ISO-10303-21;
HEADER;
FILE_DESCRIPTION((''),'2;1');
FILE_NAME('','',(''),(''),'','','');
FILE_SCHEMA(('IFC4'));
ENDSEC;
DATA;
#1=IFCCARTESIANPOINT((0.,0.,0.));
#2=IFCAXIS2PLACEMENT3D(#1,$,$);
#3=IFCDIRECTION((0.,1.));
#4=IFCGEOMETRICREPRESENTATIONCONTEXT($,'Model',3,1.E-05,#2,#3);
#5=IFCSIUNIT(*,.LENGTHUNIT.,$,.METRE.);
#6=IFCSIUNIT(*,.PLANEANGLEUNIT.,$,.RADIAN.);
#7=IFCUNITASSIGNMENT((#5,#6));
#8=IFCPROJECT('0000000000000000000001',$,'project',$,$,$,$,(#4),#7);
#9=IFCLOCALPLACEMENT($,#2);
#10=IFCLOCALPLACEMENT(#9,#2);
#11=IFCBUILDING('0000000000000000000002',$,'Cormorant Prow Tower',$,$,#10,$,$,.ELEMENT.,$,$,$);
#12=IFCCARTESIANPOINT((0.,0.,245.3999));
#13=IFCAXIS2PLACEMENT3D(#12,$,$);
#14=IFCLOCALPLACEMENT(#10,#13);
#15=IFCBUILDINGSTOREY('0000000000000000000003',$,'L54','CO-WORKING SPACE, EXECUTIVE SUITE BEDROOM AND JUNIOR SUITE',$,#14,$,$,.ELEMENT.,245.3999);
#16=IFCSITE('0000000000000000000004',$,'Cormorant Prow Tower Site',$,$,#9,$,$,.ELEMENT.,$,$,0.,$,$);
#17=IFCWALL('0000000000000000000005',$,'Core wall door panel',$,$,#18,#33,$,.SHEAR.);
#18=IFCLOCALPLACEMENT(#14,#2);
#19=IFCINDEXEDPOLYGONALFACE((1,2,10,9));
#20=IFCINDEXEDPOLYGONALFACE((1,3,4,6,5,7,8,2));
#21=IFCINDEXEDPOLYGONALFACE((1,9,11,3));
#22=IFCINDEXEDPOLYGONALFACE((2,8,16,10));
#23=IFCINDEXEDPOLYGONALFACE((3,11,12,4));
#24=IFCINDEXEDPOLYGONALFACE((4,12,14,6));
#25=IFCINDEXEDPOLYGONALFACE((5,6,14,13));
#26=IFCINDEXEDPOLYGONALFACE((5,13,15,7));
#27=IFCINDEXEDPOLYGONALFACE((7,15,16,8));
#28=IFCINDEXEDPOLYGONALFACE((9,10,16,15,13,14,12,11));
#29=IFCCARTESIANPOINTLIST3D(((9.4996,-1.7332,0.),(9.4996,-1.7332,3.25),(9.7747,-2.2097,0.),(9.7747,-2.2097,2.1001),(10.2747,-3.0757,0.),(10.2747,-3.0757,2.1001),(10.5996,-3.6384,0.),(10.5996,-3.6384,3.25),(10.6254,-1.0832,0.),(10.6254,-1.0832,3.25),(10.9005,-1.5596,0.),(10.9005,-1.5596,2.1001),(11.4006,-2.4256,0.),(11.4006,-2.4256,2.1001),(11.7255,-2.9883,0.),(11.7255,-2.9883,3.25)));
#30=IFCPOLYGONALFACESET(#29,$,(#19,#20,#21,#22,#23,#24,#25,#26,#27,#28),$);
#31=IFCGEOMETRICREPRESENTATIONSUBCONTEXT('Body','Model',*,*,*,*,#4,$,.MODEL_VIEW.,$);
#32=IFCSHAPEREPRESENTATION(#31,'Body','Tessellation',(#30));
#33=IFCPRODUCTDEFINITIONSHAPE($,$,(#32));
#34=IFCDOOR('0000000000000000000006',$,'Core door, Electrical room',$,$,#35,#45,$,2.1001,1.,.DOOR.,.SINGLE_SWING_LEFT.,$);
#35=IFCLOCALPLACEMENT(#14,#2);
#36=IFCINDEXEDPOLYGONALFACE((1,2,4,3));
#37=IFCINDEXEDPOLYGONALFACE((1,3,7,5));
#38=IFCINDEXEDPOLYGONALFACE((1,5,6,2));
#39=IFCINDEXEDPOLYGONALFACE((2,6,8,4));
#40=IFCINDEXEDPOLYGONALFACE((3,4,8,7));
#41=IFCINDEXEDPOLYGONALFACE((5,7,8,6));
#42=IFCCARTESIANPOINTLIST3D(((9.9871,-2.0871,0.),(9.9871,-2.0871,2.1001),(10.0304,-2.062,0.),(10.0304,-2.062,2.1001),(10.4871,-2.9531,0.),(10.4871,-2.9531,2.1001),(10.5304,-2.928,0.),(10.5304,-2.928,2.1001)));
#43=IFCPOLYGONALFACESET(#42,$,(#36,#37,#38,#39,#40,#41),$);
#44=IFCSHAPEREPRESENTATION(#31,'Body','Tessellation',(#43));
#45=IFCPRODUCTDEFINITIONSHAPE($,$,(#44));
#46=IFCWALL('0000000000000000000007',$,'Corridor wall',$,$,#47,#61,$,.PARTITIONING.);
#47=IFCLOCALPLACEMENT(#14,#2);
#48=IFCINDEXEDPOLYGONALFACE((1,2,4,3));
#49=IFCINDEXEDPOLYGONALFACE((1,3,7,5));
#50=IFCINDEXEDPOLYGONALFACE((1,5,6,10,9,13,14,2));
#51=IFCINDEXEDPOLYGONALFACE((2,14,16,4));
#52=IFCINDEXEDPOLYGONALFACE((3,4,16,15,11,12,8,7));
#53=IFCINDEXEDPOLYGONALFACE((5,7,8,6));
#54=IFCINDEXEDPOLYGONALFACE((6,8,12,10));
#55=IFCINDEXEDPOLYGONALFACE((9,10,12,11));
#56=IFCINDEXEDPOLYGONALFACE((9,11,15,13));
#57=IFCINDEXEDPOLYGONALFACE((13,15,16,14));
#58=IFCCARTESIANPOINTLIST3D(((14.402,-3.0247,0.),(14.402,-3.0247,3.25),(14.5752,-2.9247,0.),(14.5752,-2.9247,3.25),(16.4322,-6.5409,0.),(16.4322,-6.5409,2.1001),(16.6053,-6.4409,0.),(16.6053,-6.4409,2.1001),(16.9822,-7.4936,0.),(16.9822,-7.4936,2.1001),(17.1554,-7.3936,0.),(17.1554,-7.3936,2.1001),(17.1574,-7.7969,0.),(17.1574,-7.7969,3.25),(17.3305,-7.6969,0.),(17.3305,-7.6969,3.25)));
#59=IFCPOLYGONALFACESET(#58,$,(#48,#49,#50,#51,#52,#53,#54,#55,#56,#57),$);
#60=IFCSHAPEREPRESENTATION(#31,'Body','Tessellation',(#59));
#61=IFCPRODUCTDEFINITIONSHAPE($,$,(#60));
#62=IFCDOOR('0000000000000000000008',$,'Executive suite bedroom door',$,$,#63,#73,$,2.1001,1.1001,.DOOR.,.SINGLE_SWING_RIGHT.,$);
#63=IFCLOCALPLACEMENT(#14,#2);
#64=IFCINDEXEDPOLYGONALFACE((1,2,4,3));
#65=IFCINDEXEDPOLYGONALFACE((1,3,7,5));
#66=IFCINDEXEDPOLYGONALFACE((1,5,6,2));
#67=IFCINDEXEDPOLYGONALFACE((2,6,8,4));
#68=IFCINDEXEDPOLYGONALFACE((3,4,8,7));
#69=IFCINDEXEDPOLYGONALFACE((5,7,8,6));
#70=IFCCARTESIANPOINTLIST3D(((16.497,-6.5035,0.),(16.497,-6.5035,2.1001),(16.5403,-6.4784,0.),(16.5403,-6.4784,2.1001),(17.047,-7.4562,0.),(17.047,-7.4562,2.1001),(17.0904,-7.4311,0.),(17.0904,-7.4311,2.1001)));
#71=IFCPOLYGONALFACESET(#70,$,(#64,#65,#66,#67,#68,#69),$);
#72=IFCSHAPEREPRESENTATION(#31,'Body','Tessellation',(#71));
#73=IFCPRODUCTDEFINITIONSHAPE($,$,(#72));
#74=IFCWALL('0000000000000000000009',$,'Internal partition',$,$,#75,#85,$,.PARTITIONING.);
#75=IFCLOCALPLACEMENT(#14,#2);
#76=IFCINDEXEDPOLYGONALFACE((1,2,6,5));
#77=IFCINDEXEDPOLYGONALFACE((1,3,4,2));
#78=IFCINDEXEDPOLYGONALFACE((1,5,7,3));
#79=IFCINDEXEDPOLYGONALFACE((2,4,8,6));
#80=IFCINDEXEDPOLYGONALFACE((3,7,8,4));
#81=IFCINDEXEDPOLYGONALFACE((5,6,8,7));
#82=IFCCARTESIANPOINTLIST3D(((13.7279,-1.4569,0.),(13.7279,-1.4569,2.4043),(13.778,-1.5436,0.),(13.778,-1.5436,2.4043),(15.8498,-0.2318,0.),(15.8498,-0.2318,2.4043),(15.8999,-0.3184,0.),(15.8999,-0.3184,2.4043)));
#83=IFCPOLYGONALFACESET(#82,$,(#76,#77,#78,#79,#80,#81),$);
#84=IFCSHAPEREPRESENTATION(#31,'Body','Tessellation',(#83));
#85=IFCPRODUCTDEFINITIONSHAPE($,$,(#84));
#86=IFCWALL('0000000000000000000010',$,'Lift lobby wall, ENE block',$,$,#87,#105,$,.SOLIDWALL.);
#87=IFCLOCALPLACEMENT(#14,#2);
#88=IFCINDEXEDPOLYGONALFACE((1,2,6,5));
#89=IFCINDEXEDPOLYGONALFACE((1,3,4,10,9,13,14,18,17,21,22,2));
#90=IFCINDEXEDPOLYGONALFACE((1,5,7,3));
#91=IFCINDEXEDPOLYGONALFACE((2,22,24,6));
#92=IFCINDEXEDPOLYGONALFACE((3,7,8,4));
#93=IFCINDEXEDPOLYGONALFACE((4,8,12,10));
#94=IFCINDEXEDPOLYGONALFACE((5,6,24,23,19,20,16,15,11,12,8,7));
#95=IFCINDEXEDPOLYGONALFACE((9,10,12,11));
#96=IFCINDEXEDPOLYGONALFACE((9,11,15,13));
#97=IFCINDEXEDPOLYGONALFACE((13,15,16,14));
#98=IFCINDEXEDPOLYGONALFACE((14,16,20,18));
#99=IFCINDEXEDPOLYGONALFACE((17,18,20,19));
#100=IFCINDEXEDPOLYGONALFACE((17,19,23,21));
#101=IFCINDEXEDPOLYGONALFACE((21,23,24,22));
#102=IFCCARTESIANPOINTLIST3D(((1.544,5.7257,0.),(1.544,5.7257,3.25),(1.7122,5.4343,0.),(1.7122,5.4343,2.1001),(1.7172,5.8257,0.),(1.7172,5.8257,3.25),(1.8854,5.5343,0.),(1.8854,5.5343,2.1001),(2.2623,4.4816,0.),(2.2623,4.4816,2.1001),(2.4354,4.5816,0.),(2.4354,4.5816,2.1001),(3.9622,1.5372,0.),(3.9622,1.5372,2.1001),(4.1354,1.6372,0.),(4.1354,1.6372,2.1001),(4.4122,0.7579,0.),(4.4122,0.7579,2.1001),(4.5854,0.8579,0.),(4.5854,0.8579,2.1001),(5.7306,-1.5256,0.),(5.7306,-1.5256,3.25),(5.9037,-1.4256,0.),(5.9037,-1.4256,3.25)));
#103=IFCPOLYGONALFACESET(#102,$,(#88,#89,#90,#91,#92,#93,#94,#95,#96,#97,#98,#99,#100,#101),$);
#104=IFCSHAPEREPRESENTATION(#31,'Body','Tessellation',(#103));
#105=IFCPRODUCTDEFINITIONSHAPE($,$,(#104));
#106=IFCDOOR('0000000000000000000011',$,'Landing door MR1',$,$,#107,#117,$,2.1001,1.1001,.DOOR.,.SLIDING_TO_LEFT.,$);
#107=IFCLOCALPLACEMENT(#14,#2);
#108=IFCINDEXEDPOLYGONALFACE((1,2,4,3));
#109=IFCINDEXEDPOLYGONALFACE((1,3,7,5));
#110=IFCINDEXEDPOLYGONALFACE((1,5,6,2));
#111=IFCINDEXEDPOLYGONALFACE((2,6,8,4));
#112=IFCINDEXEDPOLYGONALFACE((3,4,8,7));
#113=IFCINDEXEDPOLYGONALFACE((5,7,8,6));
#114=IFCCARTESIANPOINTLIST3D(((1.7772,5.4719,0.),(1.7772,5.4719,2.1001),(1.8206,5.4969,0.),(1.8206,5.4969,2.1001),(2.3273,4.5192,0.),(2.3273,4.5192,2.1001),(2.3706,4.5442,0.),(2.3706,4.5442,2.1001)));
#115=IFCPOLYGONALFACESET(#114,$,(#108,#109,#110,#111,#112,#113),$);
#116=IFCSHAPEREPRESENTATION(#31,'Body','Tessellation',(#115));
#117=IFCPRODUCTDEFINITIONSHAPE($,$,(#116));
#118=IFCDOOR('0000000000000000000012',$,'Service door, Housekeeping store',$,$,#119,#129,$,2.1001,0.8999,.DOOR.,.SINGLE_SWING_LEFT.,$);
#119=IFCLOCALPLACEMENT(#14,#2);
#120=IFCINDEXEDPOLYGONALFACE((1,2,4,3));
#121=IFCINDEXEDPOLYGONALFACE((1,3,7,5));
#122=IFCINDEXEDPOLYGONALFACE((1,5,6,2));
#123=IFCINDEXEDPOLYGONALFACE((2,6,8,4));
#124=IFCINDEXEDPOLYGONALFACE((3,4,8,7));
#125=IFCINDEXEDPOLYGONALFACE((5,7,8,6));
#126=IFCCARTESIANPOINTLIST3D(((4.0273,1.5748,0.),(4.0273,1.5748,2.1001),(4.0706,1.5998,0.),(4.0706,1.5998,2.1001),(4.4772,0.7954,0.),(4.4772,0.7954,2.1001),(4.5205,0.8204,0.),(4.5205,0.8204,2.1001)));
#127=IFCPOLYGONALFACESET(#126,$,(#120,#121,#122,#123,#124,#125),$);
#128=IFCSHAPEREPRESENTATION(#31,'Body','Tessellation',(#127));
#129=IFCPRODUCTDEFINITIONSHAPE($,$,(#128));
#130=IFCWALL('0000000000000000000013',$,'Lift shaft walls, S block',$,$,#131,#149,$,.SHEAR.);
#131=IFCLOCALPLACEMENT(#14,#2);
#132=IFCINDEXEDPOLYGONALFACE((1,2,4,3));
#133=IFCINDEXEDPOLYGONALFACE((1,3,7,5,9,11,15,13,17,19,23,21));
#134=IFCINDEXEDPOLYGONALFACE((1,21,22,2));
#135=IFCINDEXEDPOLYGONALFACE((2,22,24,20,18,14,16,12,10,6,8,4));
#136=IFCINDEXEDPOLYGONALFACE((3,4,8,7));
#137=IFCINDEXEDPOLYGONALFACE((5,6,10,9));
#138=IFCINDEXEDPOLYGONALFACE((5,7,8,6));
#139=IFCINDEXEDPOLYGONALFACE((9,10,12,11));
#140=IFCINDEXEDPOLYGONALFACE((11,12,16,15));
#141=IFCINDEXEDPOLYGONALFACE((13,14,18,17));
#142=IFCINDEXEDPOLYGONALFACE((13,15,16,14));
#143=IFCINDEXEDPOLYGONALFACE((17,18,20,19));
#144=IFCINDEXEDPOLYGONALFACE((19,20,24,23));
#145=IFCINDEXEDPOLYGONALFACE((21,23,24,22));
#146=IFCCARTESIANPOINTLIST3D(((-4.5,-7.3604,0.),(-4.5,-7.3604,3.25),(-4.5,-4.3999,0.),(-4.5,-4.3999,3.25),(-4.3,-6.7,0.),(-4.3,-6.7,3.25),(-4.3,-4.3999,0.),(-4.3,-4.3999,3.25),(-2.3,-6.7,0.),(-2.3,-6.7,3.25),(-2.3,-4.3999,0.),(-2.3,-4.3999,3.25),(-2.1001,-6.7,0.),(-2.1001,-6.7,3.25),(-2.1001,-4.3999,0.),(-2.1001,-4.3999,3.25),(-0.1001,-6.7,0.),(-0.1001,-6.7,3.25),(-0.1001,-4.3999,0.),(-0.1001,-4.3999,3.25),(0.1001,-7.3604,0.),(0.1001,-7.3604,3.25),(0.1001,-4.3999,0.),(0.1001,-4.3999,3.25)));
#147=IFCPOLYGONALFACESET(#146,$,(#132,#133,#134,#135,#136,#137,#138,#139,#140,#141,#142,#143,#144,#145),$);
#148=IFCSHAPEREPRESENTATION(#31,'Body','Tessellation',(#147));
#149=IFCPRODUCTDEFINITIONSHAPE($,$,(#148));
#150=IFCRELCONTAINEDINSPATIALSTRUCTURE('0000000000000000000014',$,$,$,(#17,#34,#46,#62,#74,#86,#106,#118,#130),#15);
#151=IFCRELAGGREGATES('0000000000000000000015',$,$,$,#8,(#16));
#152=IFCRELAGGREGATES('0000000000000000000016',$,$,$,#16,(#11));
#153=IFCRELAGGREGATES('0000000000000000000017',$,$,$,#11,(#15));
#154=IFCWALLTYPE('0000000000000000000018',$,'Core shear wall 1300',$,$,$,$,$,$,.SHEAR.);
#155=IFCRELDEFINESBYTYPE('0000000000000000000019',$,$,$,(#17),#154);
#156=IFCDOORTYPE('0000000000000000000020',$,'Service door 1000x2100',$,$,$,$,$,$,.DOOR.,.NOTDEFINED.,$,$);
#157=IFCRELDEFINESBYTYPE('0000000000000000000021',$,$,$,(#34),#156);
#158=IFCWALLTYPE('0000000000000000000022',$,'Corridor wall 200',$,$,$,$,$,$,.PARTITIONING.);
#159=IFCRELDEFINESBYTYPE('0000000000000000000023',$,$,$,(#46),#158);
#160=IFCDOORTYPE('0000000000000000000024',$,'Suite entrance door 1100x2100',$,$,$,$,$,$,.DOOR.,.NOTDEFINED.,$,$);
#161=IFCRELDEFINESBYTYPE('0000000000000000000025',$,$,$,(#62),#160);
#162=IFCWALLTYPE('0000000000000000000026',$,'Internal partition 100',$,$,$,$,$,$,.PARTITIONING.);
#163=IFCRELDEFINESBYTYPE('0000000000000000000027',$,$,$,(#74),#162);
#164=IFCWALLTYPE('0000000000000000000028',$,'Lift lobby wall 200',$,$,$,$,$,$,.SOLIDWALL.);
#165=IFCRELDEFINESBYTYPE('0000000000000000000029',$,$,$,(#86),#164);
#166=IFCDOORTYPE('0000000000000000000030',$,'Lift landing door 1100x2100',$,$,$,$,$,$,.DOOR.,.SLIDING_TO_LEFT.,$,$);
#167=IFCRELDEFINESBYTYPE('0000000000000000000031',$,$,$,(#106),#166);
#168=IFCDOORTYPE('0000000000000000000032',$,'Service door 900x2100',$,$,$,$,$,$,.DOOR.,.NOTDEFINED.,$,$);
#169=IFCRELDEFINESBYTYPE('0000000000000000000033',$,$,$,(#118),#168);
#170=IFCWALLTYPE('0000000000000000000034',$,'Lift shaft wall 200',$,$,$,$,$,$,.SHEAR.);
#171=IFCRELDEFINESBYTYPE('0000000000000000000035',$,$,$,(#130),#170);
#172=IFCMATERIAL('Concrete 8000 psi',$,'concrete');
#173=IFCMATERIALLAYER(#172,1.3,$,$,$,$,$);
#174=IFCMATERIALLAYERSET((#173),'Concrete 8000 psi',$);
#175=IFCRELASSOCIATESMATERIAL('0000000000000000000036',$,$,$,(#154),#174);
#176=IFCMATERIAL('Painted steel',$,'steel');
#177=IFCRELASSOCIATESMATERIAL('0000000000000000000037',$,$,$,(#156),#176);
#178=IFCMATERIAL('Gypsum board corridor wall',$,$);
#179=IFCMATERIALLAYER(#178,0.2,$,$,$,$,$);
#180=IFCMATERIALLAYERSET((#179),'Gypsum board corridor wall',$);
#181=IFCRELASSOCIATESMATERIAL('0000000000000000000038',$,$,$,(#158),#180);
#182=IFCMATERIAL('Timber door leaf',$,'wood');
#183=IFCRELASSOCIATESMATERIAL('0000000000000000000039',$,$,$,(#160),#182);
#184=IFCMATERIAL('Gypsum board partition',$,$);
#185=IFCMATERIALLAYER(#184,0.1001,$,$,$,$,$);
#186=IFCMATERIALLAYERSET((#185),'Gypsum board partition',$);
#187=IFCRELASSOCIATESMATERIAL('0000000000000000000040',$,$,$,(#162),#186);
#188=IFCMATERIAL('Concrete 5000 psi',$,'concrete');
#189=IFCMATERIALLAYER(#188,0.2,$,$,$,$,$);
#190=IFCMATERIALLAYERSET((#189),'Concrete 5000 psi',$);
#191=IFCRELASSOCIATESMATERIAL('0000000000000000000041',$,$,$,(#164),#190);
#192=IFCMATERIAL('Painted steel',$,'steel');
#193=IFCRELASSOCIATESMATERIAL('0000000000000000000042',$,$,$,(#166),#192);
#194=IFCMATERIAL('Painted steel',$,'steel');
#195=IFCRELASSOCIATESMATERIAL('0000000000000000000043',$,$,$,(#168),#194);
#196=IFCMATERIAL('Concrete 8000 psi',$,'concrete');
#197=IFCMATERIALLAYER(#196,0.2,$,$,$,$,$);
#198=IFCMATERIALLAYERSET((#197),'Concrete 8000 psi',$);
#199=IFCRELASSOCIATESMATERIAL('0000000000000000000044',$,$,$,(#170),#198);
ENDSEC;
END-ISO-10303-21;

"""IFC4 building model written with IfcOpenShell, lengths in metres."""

from ifc_helpers import new_model, si_unit, direction, frame, frame_2d, origin, place, context, subcontext, project, spatial, polyline, rectangle, outline, extrude, material, layer, layer_set, type_object, element, fill, save


model = new_model("IFC4")

# Units and contexts
model_context = context("Model", 3, precision=1e-05, world=origin(), true_north=direction((0.0, 1.0)))
body_context = subcontext(model_context, "Body", "Model", "MODEL_VIEW")
ifc_project = project(units=[si_unit("LENGTHUNIT", "METRE"), si_unit("PLANEANGLEUNIT", "RADIAN")], contexts=[model_context])

# Site, building, storey
site_placement = place(None, origin())
site = spatial("IfcSite", under=ifc_project, at=site_placement, Name="Cormorant Prow Tower Site", CompositionType="ELEMENT", RefElevation=0.0)
building_placement = place(site_placement, origin())
building = spatial("IfcBuilding", under=site, at=building_placement, Name="Cormorant Prow Tower", CompositionType="ELEMENT")
storey_placement = place(building_placement, frame((0.0, 0.0, 245.3999)))
storey = spatial("IfcBuildingStorey", under=building, at=storey_placement, Name="L54", Description="CO-WORKING SPACE, EXECUTIVE SUITE BEDROOM AND JUNIOR SUITE", CompositionType="ELEMENT", Elevation=245.3999)

# Shared definitions
ifc_material_1 = material(Name="Concrete 8000 psi", Category="concrete")
ifc_layer_1 = layer(ifc_material_1, 1.3)
ifc_layer_set_1 = layer_set([ifc_layer_1], Name="Concrete 8000 psi")
wall_type_1 = type_object("IfcWallType", Name="Core shear wall 1300", PredefinedType="SHEAR", material=ifc_layer_set_1)

# Walls, openings, doors
ifc_material_2 = material(Name="Painted steel", Category="steel")
door_type_1 = type_object("IfcDoorType", Name="Service door 1000x2100", OperationType="NOTDEFINED", PredefinedType="DOOR", material=ifc_material_2)
wall_1_placement = place(storey_placement, frame((11.1626, -3.3135, 0.0), z_axis=(0.0, 0.0, 1.0), x_axis=(-0.50003, 0.866008, 0.0)))
wall_1 = element("IfcWall", 1, at=wall_1_placement, inside=storey, type_object=wall_type_1, Name="Core wall door panel", PredefinedType="SHEAR", context=body_context, shape_type="SweptSolid", body=[
    extrude(rectangle(XDim=2.2, YDim=1.3, at=frame_2d((1.1001, 0.0))), origin(), (0.0, 0.0, 1.0), 3.25),
])
opening_1_placement = place(wall_1_placement, frame((0.6499, 0.0, 0.0)))
opening_1 = element("IfcOpeningElement", 2, at=opening_1_placement, cuts=wall_1, PredefinedType="OPENING", context=body_context, shape_type="SweptSolid", body=[
    extrude(rectangle(XDim=1.0, YDim=2.1001, at=frame_2d((0.5, 1.05))), frame((0.0, 0.6599, 0.0), z_axis=(0.0, -1.0, 0.0), x_axis=(1.0, 0.0, 0.0)), (0.0, 0.0, 1.0), 1.3201),
])
door_1_placement = place(opening_1_placement, origin())
door_1 = element("IfcDoor", 3, at=door_1_placement, inside=storey, type_object=door_type_1, Name="Core door, Electrical room", OperationType="SINGLE_SWING_LEFT", OverallHeight=2.1001, OverallWidth=1.0, PredefinedType="DOOR", context=body_context, shape_type="SweptSolid", body=[
    extrude(rectangle(XDim=1.0, YDim=2.1001, at=frame_2d((0.5, 1.05))), frame((0.0, 0.4048, 0.0), z_axis=(0.0, -1.0, 0.0), x_axis=(1.0, 0.0, 0.0)), (0.0, 0.0, 1.0), 0.05),
])
fill(opening_1, door_1)
ifc_material_3 = material(Name="Gypsum board corridor wall")
ifc_layer_2 = layer(ifc_material_3, 0.2)
ifc_layer_set_2 = layer_set([ifc_layer_2], Name="Gypsum board corridor wall")
wall_type_2 = type_object("IfcWallType", Name="Corridor wall 200", PredefinedType="PARTITIONING", material=ifc_layer_set_2)
wall_2_placement = place(storey_placement, frame((14.4885, -2.9746, 0.0), z_axis=(0.0, 0.0, 1.0), x_axis=(0.500018, -0.866015, 0.0)))
wall_2 = element("IfcWall", 4, at=wall_2_placement, inside=storey, type_object=wall_type_2, Name="Corridor wall", PredefinedType="PARTITIONING", context=body_context, shape_type="SweptSolid", body=[
    extrude(rectangle(XDim=5.5105, YDim=0.2, at=frame_2d((2.7554, 0.0))), origin(), (0.0, 0.0, 1.0), 3.25),
])
opening_2_placement = place(wall_2_placement, frame((4.0603, 0.0, 0.0)))
opening_2 = element("IfcOpeningElement", 5, at=opening_2_placement, cuts=wall_2, PredefinedType="OPENING", context=body_context, shape_type="SweptSolid", body=[
    extrude(rectangle(XDim=1.1001, YDim=2.1001, at=frame_2d((0.55, 1.05))), frame((0.0, 0.1099, 0.0), z_axis=(0.0, -1.0, 0.0), x_axis=(1.0, 0.0, 0.0)), (0.0, 0.0, 1.0), 0.22),
])
ifc_material_4 = material(Name="Timber door leaf", Category="wood")
door_type_2 = type_object("IfcDoorType", Name="Suite entrance door 1100x2100", OperationType="NOTDEFINED", PredefinedType="DOOR", material=ifc_material_4)
door_2_placement = place(opening_2_placement, origin())
door_2 = element("IfcDoor", 6, at=door_2_placement, inside=storey, type_object=door_type_2, Name="Executive suite bedroom door", OperationType="SINGLE_SWING_RIGHT", OverallHeight=2.1001, OverallWidth=1.1001, PredefinedType="DOOR", context=body_context, shape_type="SweptSolid", body=[
    extrude(rectangle(XDim=1.1001, YDim=2.1001, at=frame_2d((0.55, 1.05))), frame((0.0, 0.0249, 0.0), z_axis=(0.0, -1.0, 0.0), x_axis=(1.0, 0.0, 0.0)), (0.0, 0.0, 1.0), 0.05),
])
fill(opening_2, door_2)

# Wall
ifc_material_5 = material(Name="Gypsum board partition")
ifc_layer_3 = layer(ifc_material_5, 0.1001)
ifc_layer_set_3 = layer_set([ifc_layer_3], Name="Gypsum board partition")
wall_type_3 = type_object("IfcWallType", Name="Internal partition 100", PredefinedType="PARTITIONING", material=ifc_layer_set_3)
wall_3_placement = place(storey_placement, frame((13.7529, -1.5002, 0.0), z_axis=(0.0, 0.0, 1.0), x_axis=(0.866015, 0.500019, 0.0)))
element("IfcWall", 7, at=wall_3_placement, inside=storey, type_object=wall_type_3, Name="Internal partition", PredefinedType="PARTITIONING", context=body_context, shape_type="SweptSolid", body=[
    extrude(rectangle(XDim=2.4502, YDim=0.1001, at=frame_2d((1.2251, 0.0))), origin(), (0.0, 0.0, 1.0), 2.4043),
])

# Wall, openings, doors
ifc_material_6 = material(Name="Concrete 5000 psi", Category="concrete")
ifc_layer_4 = layer(ifc_material_6, 0.2)
ifc_layer_set_4 = layer_set([ifc_layer_4], Name="Concrete 5000 psi")
wall_type_4 = type_object("IfcWallType", Name="Lift lobby wall 200", PredefinedType="SOLIDWALL", material=ifc_layer_set_4)
wall_4_placement = place(storey_placement, frame((5.8171, -1.4756, 0.0), z_axis=(0.0, 0.0, 1.0), x_axis=(-0.500003, 0.866024, 0.0)))
wall_4 = element("IfcWall", 8, at=wall_4_placement, inside=storey, type_object=wall_type_4, Name="Lift lobby wall, ENE block", PredefinedType="SOLIDWALL", context=body_context, shape_type="SweptSolid", body=[
    extrude(rectangle(XDim=8.373, YDim=0.2, at=frame_2d((4.1865, 0.0))), origin(), (0.0, 0.0, 1.0), 3.25),
])
opening_3_placement = place(wall_4_placement, frame((2.6367, 0.0, 0.0)))
opening_3 = element("IfcOpeningElement", 9, at=opening_3_placement, cuts=wall_4, PredefinedType="OPENING", context=body_context, shape_type="SweptSolid", body=[
    extrude(rectangle(XDim=0.8999, YDim=2.1001, at=frame_2d((0.45, 1.05))), frame((0.0, 0.1099, 0.0), z_axis=(0.0, -1.0, 0.0), x_axis=(1.0, 0.0, 0.0)), (0.0, 0.0, 1.0), 0.22),
])
opening_4_placement = place(wall_4_placement, frame((6.9365, 0.0, 0.0)))
opening_4 = element("IfcOpeningElement", 10, at=opening_4_placement, cuts=wall_4, PredefinedType="OPENING", context=body_context, shape_type="SweptSolid", body=[
    extrude(rectangle(XDim=1.1001, YDim=2.1001, at=frame_2d((0.55, 1.05))), frame((0.0, 0.1099, 0.0), z_axis=(0.0, -1.0, 0.0), x_axis=(1.0, 0.0, 0.0)), (0.0, 0.0, 1.0), 0.22),
])
ifc_material_7 = material(Name="Painted steel", Category="steel")
door_type_3 = type_object("IfcDoorType", Name="Lift landing door 1100x2100", OperationType="SLIDING_TO_LEFT", PredefinedType="DOOR", material=ifc_material_7)
door_3_placement = place(opening_4_placement, origin())
door_3 = element("IfcDoor", 11, at=door_3_placement, inside=storey, type_object=door_type_3, Name="Landing door MR1", OperationType="SLIDING_TO_LEFT", OverallHeight=2.1001, OverallWidth=1.1001, PredefinedType="DOOR", context=body_context, shape_type="SweptSolid", body=[
    extrude(rectangle(XDim=1.1001, YDim=2.1001, at=frame_2d((0.55, 1.05))), frame((0.0, 0.0249, 0.0), z_axis=(0.0, -1.0, 0.0), x_axis=(1.0, 0.0, 0.0)), (0.0, 0.0, 1.0), 0.05),
])
fill(opening_4, door_3)
ifc_material_8 = material(Name="Painted steel", Category="steel")
door_type_4 = type_object("IfcDoorType", Name="Service door 900x2100", OperationType="NOTDEFINED", PredefinedType="DOOR", material=ifc_material_8)
door_4_placement = place(opening_3_placement, origin())
door_4 = element("IfcDoor", 12, at=door_4_placement, inside=storey, type_object=door_type_4, Name="Service door, Housekeeping store", OperationType="SINGLE_SWING_LEFT", OverallHeight=2.1001, OverallWidth=0.8999, PredefinedType="DOOR", context=body_context, shape_type="SweptSolid", body=[
    extrude(rectangle(XDim=0.8999, YDim=2.1001, at=frame_2d((0.45, 1.05))), frame((0.0, 0.0249, 0.0), z_axis=(0.0, -1.0, 0.0), x_axis=(1.0, 0.0, 0.0)), (0.0, 0.0, 1.0), 0.05),
])
fill(opening_3, door_4)

# Wall
ifc_material_9 = material(Name="Concrete 8000 psi", Category="concrete")
ifc_layer_5 = layer(ifc_material_9, 0.2)
ifc_layer_set_5 = layer_set([ifc_layer_5], Name="Concrete 8000 psi")
wall_type_5 = type_object("IfcWallType", Name="Lift shaft wall 200", PredefinedType="SHEAR", material=ifc_layer_set_5)
wall_5_placement = place(storey_placement, origin())
element("IfcWall", 13, at=wall_5_placement, inside=storey, type_object=wall_type_5, Name="Lift shaft walls, S block", PredefinedType="SHEAR", context=body_context, shape_type="SweptSolid", body=[
    extrude(outline(polyline([(0.1001, -7.3604), (-4.5, -7.3604), (-4.5, -4.3999), (-4.3, -4.3999), (-4.3, -6.7), (-2.3, -6.7), (-2.3, -4.3999), (-2.1001, -4.3999), (-2.1001, -6.7), (-0.1001, -6.7), (-0.1001, -4.3999), (0.1001, -4.3999), (0.1001, -7.3604)])), origin(), (0.0, 0.0, 1.0), 3.25),
])

save(model, "model.ifc")
